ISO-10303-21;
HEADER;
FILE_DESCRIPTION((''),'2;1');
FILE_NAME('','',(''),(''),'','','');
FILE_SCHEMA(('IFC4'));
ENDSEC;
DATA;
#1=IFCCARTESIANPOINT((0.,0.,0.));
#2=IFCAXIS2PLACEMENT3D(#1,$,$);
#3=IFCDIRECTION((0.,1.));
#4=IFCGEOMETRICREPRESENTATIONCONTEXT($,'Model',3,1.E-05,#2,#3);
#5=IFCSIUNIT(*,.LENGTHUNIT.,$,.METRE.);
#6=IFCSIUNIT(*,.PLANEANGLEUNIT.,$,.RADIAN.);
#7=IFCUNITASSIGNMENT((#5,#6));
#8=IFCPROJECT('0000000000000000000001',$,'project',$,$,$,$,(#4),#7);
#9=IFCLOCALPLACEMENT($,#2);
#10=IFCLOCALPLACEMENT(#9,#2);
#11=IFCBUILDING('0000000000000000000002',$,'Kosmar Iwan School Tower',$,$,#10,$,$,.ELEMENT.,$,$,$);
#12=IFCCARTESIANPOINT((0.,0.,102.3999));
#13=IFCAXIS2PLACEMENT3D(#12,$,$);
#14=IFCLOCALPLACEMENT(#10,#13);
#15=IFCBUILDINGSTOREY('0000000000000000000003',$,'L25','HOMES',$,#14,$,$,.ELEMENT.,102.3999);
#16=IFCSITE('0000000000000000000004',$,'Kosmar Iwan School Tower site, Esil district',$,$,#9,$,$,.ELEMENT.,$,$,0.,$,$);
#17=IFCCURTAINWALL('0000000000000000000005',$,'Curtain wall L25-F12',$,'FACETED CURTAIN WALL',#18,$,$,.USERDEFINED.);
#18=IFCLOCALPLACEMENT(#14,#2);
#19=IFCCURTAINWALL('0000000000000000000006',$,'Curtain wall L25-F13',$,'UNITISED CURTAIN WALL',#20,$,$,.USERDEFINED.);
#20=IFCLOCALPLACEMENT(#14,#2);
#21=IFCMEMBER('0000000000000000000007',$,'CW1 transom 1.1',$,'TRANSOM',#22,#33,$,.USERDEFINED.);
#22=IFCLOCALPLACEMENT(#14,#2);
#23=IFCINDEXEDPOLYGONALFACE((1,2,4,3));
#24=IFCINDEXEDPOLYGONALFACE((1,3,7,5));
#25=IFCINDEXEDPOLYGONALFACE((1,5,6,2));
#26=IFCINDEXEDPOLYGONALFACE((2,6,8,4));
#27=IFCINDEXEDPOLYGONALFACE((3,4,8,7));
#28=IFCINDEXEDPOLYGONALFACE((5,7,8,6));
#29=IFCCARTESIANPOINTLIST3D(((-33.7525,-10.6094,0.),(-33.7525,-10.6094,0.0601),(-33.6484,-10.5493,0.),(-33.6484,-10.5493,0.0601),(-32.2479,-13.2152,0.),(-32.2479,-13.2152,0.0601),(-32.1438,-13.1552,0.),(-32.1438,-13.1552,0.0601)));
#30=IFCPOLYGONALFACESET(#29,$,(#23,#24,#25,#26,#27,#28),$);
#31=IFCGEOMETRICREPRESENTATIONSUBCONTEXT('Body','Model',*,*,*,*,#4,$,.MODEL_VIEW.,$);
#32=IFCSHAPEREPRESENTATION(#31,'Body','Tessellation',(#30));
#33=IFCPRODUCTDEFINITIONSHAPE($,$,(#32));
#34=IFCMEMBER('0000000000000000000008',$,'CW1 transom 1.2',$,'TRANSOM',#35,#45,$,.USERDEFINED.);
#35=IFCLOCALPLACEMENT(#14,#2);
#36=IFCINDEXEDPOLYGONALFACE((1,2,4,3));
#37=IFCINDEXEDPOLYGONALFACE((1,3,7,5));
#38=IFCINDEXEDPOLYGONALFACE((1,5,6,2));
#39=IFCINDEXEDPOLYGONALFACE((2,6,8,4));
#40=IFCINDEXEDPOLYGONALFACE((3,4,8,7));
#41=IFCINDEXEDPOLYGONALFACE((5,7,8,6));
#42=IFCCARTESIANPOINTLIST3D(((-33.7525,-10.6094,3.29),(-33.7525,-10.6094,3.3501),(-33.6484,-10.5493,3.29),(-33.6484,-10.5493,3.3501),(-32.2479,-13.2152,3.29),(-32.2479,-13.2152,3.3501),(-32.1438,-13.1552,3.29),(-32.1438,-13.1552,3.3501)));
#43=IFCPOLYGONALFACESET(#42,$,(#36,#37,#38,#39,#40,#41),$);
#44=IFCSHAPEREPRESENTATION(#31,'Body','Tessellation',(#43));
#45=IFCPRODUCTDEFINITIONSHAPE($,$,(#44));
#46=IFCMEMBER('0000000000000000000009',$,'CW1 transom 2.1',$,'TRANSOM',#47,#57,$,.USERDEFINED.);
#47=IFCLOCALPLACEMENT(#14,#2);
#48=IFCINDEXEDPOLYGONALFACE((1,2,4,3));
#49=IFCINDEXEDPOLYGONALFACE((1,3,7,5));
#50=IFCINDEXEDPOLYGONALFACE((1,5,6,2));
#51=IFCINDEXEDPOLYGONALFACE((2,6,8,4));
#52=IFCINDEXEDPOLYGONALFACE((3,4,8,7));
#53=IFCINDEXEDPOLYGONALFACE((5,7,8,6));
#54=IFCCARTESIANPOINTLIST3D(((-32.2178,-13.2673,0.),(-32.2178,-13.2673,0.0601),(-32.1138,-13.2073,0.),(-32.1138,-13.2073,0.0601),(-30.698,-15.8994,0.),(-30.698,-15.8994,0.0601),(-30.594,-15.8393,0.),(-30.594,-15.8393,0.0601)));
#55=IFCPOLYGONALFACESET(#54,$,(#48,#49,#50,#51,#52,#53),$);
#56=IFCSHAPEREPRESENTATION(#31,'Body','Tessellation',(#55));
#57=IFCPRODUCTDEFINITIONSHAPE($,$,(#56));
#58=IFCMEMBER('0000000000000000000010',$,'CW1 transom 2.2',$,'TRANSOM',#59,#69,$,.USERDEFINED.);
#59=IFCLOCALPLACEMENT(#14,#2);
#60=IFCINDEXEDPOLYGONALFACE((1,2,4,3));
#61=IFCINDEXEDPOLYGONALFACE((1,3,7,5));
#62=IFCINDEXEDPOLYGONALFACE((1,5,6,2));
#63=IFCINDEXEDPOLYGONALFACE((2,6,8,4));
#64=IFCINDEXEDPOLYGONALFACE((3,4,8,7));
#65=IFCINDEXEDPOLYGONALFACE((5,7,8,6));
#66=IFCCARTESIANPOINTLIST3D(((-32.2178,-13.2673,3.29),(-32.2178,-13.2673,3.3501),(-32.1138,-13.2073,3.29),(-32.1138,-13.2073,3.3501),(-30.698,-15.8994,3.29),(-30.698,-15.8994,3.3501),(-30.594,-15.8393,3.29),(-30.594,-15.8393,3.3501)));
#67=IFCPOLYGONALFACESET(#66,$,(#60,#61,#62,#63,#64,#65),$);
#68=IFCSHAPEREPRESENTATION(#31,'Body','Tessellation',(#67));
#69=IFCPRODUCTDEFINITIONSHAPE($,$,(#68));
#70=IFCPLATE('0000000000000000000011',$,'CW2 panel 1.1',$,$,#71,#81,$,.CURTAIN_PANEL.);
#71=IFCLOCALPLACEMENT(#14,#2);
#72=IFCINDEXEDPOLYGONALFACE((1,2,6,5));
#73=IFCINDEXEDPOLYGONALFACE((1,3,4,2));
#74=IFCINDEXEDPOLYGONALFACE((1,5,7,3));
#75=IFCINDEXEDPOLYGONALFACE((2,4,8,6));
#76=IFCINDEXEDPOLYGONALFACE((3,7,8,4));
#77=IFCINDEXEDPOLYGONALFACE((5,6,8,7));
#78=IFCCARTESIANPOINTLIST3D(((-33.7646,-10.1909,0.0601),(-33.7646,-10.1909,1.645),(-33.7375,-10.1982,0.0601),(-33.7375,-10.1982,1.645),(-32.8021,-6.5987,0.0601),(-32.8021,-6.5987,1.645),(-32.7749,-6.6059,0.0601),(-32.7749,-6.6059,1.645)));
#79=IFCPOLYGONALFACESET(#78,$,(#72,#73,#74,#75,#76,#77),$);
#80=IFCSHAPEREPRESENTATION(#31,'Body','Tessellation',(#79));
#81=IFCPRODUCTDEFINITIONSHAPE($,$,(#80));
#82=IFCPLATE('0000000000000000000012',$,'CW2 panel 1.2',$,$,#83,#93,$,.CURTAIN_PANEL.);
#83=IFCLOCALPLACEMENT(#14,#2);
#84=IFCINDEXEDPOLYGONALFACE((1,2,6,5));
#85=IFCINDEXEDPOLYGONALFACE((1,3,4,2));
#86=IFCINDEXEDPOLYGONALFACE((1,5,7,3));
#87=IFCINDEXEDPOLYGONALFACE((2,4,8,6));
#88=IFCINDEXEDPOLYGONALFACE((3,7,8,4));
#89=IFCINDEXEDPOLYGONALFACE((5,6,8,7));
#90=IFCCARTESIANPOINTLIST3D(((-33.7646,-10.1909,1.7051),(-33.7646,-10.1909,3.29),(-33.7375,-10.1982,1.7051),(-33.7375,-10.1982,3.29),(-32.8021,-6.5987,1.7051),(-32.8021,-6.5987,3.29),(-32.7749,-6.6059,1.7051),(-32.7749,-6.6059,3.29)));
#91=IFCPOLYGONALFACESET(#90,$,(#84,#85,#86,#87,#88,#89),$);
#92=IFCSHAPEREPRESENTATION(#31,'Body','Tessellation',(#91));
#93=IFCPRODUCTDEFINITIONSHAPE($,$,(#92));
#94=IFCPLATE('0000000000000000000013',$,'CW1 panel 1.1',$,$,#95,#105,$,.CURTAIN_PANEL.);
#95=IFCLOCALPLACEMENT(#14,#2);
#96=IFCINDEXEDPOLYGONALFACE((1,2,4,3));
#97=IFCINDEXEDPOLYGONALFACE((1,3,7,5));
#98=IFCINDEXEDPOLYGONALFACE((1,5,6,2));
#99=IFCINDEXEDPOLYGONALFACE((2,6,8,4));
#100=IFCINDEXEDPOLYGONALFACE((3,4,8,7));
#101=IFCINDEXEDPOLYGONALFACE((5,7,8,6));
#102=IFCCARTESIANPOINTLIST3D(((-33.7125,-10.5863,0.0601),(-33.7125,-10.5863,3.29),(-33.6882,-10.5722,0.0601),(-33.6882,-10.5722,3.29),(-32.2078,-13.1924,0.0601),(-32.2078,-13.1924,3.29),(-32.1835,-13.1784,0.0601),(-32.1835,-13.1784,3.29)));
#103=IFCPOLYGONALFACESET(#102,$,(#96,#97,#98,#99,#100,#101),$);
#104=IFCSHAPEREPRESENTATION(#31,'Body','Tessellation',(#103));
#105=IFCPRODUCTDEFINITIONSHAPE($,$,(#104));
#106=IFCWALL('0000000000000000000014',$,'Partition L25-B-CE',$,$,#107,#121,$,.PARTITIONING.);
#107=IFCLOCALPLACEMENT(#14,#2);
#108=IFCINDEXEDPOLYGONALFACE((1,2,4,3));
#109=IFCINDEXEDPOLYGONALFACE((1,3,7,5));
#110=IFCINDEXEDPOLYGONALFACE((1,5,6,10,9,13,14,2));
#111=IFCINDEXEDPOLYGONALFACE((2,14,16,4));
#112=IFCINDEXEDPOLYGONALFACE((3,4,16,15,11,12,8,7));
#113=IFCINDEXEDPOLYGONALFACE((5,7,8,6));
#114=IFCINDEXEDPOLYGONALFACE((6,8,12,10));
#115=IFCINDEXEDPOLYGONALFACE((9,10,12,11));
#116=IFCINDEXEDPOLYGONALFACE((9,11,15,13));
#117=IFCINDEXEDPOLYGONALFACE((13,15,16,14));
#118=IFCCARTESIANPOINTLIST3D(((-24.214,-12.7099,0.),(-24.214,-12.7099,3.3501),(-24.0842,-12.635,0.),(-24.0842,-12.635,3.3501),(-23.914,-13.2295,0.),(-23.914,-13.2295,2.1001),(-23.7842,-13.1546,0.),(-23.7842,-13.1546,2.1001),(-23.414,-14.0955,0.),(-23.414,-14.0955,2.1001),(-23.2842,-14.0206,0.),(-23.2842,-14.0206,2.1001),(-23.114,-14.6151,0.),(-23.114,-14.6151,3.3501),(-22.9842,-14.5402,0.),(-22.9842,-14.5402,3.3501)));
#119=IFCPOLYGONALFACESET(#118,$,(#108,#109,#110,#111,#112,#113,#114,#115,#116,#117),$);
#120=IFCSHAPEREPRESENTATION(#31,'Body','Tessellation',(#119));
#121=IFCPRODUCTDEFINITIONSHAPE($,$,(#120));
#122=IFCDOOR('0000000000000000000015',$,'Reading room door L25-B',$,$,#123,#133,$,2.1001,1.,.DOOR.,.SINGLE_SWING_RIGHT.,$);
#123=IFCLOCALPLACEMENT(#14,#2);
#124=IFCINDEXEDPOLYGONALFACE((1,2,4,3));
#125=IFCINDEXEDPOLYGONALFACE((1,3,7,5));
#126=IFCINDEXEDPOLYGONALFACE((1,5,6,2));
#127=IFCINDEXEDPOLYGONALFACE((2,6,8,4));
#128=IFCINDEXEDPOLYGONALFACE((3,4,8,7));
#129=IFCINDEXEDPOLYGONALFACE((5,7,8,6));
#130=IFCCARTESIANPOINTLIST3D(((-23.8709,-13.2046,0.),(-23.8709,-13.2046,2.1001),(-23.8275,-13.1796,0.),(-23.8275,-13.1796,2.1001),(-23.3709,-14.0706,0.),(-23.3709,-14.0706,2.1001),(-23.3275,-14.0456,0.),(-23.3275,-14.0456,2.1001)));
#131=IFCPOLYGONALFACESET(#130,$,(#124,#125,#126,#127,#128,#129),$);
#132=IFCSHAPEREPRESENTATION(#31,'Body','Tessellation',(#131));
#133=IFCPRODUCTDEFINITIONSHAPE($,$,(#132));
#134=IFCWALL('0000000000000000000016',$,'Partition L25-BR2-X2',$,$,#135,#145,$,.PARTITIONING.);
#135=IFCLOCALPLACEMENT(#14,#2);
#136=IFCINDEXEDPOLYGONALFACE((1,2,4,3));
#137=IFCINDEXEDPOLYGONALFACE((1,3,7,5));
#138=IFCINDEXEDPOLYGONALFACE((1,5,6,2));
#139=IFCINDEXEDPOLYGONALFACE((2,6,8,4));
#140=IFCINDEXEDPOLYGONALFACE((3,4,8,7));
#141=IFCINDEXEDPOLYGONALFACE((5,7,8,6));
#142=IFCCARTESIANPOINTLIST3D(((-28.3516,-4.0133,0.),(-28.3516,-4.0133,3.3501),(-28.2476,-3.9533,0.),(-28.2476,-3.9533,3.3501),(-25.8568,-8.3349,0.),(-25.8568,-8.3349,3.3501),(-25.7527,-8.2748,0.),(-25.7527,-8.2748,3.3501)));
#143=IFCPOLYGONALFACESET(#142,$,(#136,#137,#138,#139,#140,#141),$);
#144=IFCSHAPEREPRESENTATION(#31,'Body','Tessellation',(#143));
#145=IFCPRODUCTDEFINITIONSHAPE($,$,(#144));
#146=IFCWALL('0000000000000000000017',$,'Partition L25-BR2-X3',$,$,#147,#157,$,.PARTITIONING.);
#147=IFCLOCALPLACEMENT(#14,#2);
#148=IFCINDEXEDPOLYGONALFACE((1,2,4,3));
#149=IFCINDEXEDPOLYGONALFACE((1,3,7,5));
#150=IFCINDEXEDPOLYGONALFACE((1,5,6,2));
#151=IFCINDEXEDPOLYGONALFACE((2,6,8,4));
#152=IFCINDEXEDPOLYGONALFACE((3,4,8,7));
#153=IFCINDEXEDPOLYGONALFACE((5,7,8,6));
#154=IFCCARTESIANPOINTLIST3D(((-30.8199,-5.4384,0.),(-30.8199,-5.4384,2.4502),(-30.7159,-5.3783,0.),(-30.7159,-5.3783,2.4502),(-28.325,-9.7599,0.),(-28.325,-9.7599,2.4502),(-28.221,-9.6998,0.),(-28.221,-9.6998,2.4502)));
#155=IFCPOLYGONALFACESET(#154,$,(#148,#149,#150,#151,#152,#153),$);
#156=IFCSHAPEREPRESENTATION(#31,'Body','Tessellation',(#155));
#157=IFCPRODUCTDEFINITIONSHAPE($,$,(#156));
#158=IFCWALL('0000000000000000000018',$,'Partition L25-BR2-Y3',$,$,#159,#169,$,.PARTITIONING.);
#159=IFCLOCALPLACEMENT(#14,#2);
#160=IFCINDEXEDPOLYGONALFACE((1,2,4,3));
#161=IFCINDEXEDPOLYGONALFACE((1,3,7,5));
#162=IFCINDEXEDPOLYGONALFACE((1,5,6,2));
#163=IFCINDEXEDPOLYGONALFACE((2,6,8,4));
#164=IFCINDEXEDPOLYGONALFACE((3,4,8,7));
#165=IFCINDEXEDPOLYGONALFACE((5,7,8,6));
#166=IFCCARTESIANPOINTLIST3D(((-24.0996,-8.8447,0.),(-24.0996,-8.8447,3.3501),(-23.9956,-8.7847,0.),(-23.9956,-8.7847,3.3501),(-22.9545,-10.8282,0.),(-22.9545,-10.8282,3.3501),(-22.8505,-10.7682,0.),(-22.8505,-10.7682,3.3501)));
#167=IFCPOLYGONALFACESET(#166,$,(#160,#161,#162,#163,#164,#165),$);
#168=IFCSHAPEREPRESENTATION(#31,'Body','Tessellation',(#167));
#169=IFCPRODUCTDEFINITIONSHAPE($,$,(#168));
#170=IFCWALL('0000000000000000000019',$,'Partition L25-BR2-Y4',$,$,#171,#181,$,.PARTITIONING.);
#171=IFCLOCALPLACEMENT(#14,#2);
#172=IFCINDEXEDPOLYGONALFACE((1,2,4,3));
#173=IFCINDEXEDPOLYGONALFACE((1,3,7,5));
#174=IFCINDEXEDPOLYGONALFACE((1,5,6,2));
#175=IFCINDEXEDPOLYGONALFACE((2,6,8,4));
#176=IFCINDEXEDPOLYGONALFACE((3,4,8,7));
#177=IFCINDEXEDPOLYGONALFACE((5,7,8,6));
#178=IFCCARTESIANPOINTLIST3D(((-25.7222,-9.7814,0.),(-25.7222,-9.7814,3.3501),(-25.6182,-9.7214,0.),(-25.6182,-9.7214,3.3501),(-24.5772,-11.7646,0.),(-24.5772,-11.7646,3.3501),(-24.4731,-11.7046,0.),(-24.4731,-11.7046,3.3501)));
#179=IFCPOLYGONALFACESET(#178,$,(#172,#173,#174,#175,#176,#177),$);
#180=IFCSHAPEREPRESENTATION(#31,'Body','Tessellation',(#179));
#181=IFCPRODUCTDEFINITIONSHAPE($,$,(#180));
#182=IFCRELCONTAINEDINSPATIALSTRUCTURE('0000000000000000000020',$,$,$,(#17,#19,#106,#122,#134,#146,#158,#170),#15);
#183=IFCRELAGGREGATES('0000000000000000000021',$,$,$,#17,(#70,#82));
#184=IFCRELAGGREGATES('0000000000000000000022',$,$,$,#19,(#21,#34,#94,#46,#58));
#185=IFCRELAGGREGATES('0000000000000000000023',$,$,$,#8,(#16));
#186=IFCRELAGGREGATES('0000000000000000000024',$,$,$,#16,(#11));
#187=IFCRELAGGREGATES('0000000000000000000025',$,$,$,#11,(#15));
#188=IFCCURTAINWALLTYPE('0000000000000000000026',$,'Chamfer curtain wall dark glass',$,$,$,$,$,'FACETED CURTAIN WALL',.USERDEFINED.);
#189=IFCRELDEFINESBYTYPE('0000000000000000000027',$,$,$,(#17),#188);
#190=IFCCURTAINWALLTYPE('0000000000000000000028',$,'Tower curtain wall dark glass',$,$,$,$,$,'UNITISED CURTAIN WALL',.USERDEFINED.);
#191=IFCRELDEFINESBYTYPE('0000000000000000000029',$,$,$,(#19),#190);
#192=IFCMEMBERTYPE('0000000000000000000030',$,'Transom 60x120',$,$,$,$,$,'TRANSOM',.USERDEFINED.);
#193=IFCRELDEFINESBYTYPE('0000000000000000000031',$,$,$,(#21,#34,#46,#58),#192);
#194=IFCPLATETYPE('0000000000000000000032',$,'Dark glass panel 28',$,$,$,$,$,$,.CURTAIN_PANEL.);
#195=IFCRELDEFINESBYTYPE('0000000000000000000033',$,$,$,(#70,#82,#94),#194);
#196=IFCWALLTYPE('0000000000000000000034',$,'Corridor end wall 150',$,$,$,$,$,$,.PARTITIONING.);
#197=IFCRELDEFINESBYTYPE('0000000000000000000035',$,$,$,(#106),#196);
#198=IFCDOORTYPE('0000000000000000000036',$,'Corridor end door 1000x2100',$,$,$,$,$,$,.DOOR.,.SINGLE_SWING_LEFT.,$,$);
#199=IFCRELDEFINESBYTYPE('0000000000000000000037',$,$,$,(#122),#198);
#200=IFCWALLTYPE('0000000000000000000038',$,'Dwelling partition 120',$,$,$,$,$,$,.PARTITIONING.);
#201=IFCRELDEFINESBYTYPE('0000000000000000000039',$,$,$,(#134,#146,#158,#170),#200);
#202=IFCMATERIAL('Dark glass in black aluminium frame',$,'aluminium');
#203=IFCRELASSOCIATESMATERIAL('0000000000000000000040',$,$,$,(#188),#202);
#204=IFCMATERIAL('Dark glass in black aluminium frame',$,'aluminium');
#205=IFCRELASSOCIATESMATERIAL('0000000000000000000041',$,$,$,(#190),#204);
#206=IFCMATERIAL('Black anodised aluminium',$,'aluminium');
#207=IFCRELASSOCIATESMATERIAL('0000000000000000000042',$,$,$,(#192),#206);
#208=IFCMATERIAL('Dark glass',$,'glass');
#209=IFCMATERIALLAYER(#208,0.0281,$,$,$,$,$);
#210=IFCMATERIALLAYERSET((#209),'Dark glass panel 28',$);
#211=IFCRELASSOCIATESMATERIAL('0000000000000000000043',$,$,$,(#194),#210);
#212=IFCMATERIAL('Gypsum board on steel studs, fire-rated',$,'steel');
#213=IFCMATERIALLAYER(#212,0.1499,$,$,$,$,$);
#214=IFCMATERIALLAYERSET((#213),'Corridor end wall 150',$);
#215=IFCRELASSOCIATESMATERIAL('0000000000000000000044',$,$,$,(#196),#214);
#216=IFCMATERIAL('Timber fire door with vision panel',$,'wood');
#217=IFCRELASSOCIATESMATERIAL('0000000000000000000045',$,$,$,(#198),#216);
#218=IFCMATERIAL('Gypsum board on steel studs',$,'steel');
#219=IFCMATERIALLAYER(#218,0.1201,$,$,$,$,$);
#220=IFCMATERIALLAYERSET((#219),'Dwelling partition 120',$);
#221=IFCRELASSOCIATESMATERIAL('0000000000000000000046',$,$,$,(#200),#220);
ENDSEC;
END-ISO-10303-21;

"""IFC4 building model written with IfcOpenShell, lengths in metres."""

from ifc_helpers import new_model, si_unit, direction, frame, frame_2d, origin, origin_2d, place, context, subcontext, project, spatial, rectangle, extrude, material, layer, layer_set, material_profile, profile_set, type_object, element, fill, aggregate, save


model = new_model("IFC4")

# Units and contexts
model_context = context("Model", 3, precision=1e-05, world=origin(), true_north=direction((0.0, 1.0)))
body_context = subcontext(model_context, "Body", "Model", "MODEL_VIEW")
ifc_project = project(units=[si_unit("LENGTHUNIT", "METRE"), si_unit("PLANEANGLEUNIT", "RADIAN")], contexts=[model_context])

# Site, building, storey
site_placement = place(None, origin())
site = spatial("IfcSite", under=ifc_project, at=site_placement, Name="Kosmar Iwan School Tower site, Esil district", CompositionType="ELEMENT", RefElevation=0.0)
building_placement = place(site_placement, origin())
building = spatial("IfcBuilding", under=site, at=building_placement, Name="Kosmar Iwan School Tower", CompositionType="ELEMENT")
storey_placement = place(building_placement, frame((0.0, 0.0, 102.3999)))
storey = spatial("IfcBuildingStorey", under=building, at=storey_placement, Name="L25", Description="HOMES", CompositionType="ELEMENT", Elevation=102.3999)

# Curtain walls
ifc_material_1 = material(Name="Dark glass in black aluminium frame", Category="aluminium")
curtain_wall_type_1 = type_object("IfcCurtainWallType", Name="Chamfer curtain wall dark glass", ElementType="FACETED CURTAIN WALL", PredefinedType="USERDEFINED", material=ifc_material_1)
curtain_wall_1_placement = place(storey_placement, origin())
curtain_wall_1 = element("IfcCurtainWall", 1, at=curtain_wall_1_placement, inside=storey, type_object=curtain_wall_type_1, Name="Curtain wall L25-F12", ObjectType="FACETED CURTAIN WALL", PredefinedType="USERDEFINED")
ifc_material_2 = material(Name="Dark glass in black aluminium frame", Category="aluminium")
curtain_wall_type_2 = type_object("IfcCurtainWallType", Name="Tower curtain wall dark glass", ElementType="UNITISED CURTAIN WALL", PredefinedType="USERDEFINED", material=ifc_material_2)
curtain_wall_2_placement = place(storey_placement, origin())
curtain_wall_2 = element("IfcCurtainWall", 2, at=curtain_wall_2_placement, inside=storey, type_object=curtain_wall_type_2, Name="Curtain wall L25-F13", ObjectType="UNITISED CURTAIN WALL", PredefinedType="USERDEFINED")

# Members
ifc_material_3 = material(Name="Black anodised aluminium", Category="aluminium")
ifc_material_profile_1 = material_profile(ifc_material_3, rectangle(XDim=0.1201, YDim=0.0601, at=origin_2d()), Name="TRANSOM 60x120")
ifc_profile_set_1 = profile_set([ifc_material_profile_1], Name="Black anodised aluminium")
member_type_1 = type_object("IfcMemberType", Name="Transom 60x120", ElementType="TRANSOM", PredefinedType="USERDEFINED", material=ifc_profile_set_1)
member_1_placement = place(storey_placement, frame((-33.7004, -10.5793, 0.03), z_axis=(0.500022, -0.866013, 0.0), x_axis=(0.866013, 0.500022, 0.0)))
member_1 = element("IfcMember", 3, at=member_1_placement, type_object=member_type_1, Name="CW1 transom 1.1", ObjectType="TRANSOM", PredefinedType="USERDEFINED", context=body_context, shape_type="SweptSolid", body=[
    extrude(rectangle(XDim=0.1201, YDim=0.0601, at=origin_2d()), origin(), (0.0, 0.0, 1.0), 3.009),
])
member_2_placement = place(storey_placement, frame((-33.7004, -10.5793, 3.3201), z_axis=(0.500022, -0.866013, 0.0), x_axis=(0.866013, 0.500022, 0.0)))
member_2 = element("IfcMember", 4, at=member_2_placement, type_object=member_type_1, Name="CW1 transom 1.2", ObjectType="TRANSOM", PredefinedType="USERDEFINED", context=body_context, shape_type="SweptSolid", body=[
    extrude(rectangle(XDim=0.1201, YDim=0.0601, at=origin_2d()), origin(), (0.0, 0.0, 1.0), 3.009),
])
member_3_placement = place(storey_placement, frame((-32.1658, -13.2373, 0.03), z_axis=(0.500035, -0.866005, 0.0), x_axis=(0.866005, 0.500035, 0.0)))
member_3 = element("IfcMember", 5, at=member_3_placement, type_object=member_type_1, Name="CW1 transom 2.1", ObjectType="TRANSOM", PredefinedType="USERDEFINED", context=body_context, shape_type="SweptSolid", body=[
    extrude(rectangle(XDim=0.1201, YDim=0.0601, at=origin_2d()), origin(), (0.0, 0.0, 1.0), 3.0393),
])
member_4_placement = place(storey_placement, frame((-32.1658, -13.2373, 3.3201), z_axis=(0.500035, -0.866005, 0.0), x_axis=(0.866005, 0.500035, 0.0)))
member_4 = element("IfcMember", 6, at=member_4_placement, type_object=member_type_1, Name="CW1 transom 2.2", ObjectType="TRANSOM", PredefinedType="USERDEFINED", context=body_context, shape_type="SweptSolid", body=[
    extrude(rectangle(XDim=0.1201, YDim=0.0601, at=origin_2d()), origin(), (0.0, 0.0, 1.0), 3.0393),
])

# Plates
ifc_material_4 = material(Name="Dark glass", Category="glass")
ifc_layer_1 = layer(ifc_material_4, 0.0281)
ifc_layer_set_1 = layer_set([ifc_layer_1], Name="Dark glass panel 28")
plate_type = type_object("IfcPlateType", Name="Dark glass panel 28", PredefinedType="CURTAIN_PANEL", material=ifc_layer_set_1)
plate_1_placement = place(storey_placement, frame((-33.2698, -8.3984, 0.0601), z_axis=(0.0, 0.0, 1.0), x_axis=(-0.258819, -0.965926, 0.0)))
plate_1 = element("IfcPlate", 7, at=plate_1_placement, type_object=plate_type, Name="CW2 panel 1.1", PredefinedType="CURTAIN_PANEL", context=body_context, shape_type="SweptSolid", body=[
    extrude(rectangle(XDim=3.719, YDim=0.0281, at=origin_2d()), origin(), (0.0, 0.0, 1.0), 1.585),
])
plate_2_placement = place(storey_placement, frame((-33.2698, -8.3984, 1.7051), z_axis=(0.0, 0.0, 1.0), x_axis=(-0.258819, -0.965926, 0.0)))
plate_2 = element("IfcPlate", 8, at=plate_2_placement, type_object=plate_type, Name="CW2 panel 1.2", PredefinedType="CURTAIN_PANEL", context=body_context, shape_type="SweptSolid", body=[
    extrude(rectangle(XDim=3.719, YDim=0.0281, at=origin_2d()), origin(), (0.0, 0.0, 1.0), 1.585),
])
aggregate(curtain_wall_1, [plate_1, plate_2])
plate_3_placement = place(storey_placement, frame((-32.948, -11.8823, 0.0601), z_axis=(0.0, 0.0, 1.0), x_axis=(0.5, -0.866025, 0.0)))
plate_3 = element("IfcPlate", 9, at=plate_3_placement, type_object=plate_type, Name="CW1 panel 1.1", PredefinedType="CURTAIN_PANEL", context=body_context, shape_type="SweptSolid", body=[
    extrude(rectangle(XDim=3.0093, YDim=0.0281, at=origin_2d()), origin(), (0.0, 0.0, 1.0), 3.23),
])
aggregate(curtain_wall_2, [member_1, member_2, plate_3, member_3, member_4])

# Wall, opening, door
ifc_material_5 = material(Name="Gypsum board on steel studs, fire-rated", Category="steel")
ifc_layer_2 = layer(ifc_material_5, 0.1499)
ifc_layer_set_2 = layer_set([ifc_layer_2], Name="Corridor end wall 150")
wall_type_1 = type_object("IfcWallType", Name="Corridor end wall 150", PredefinedType="PARTITIONING", material=ifc_layer_set_2)
wall_1_placement = place(storey_placement, frame((-24.1492, -12.6724, 0.0), z_axis=(0.0, 0.0, 1.0), x_axis=(0.50003, -0.866008, 0.0)))
wall_1 = element("IfcWall", 10, at=wall_1_placement, inside=storey, type_object=wall_type_1, Name="Partition L25-B-CE", PredefinedType="PARTITIONING", context=body_context, shape_type="SweptSolid", body=[
    extrude(rectangle(XDim=2.2, YDim=0.1499, at=frame_2d((1.1001, 0.0))), origin(), (0.0, 0.0, 1.0), 3.3501),
])
opening_placement = place(wall_1_placement, frame((0.6001, 0.0, 0.0)))
opening = element("IfcOpeningElement", 11, at=opening_placement, cuts=wall_1, PredefinedType="OPENING", context=body_context, shape_type="SweptSolid", body=[
    extrude(rectangle(XDim=1.0, YDim=2.1001, at=frame_2d((0.5, 1.05))), frame((0.0, 0.0869, 0.0), z_axis=(0.0, -1.0, 0.0), x_axis=(1.0, 0.0, 0.0)), (0.0, 0.0, 1.0), 0.1738),
])
ifc_material_6 = material(Name="Timber fire door with vision panel", Category="wood")
door_type = type_object("IfcDoorType", Name="Corridor end door 1000x2100", OperationType="SINGLE_SWING_LEFT", PredefinedType="DOOR", material=ifc_material_6)
door_placement = place(opening_placement, origin())
door = element("IfcDoor", 12, at=door_placement, inside=storey, type_object=door_type, Name="Reading room door L25-B", OperationType="SINGLE_SWING_RIGHT", OverallHeight=2.1001, OverallWidth=1.0, PredefinedType="DOOR", context=body_context, shape_type="SweptSolid", body=[
    extrude(rectangle(XDim=1.0, YDim=2.1001, at=frame_2d((0.5, 1.05))), frame((0.0, 0.0249, 0.0), z_axis=(0.0, -1.0, 0.0), x_axis=(1.0, 0.0, 0.0)), (0.0, 0.0, 1.0), 0.05),
])
fill(opening, door)

# Walls
ifc_material_7 = material(Name="Gypsum board on steel studs", Category="steel")
ifc_layer_3 = layer(ifc_material_7, 0.1201)
ifc_layer_set_3 = layer_set([ifc_layer_3], Name="Dwelling partition 120")
wall_type_2 = type_object("IfcWallType", Name="Dwelling partition 120", PredefinedType="PARTITIONING", material=ifc_layer_set_3)
wall_2_placement = place(storey_placement, frame((-25.8047, -8.3049, 0.0), z_axis=(0.0, 0.0, 1.0), x_axis=(-0.499975, 0.86604, 0.0)))
element("IfcWall", 13, at=wall_2_placement, inside=storey, type_object=wall_type_2, Name="Partition L25-BR2-X2", PredefinedType="PARTITIONING", context=body_context, shape_type="SweptSolid", body=[
    extrude(rectangle(XDim=4.99, YDim=0.1201, at=frame_2d((2.4951, 0.0))), origin(), (0.0, 0.0, 1.0), 3.3501),
])
wall_3_placement = place(storey_placement, frame((-28.2729, -9.73, 0.0), z_axis=(0.0, 0.0, 1.0), x_axis=(-0.499975, 0.86604, 0.0)))
element("IfcWall", 14, at=wall_3_placement, inside=storey, type_object=wall_type_2, Name="Partition L25-BR2-X3", PredefinedType="PARTITIONING", context=body_context, shape_type="SweptSolid", body=[
    extrude(rectangle(XDim=4.99, YDim=0.1201, at=frame_2d((2.4951, 0.0))), origin(), (0.0, 0.0, 1.0), 2.4502),
])
wall_4_placement = place(storey_placement, frame((-22.9026, -10.7981, 0.0), z_axis=(0.0, 0.0, 1.0), x_axis=(-0.499969, 0.866044, 0.0)))
element("IfcWall", 15, at=wall_4_placement, inside=storey, type_object=wall_type_2, Name="Partition L25-BR2-Y3", PredefinedType="PARTITIONING", context=body_context, shape_type="SweptSolid", body=[
    extrude(rectangle(XDim=2.2903, YDim=0.1201, at=frame_2d((1.145, 0.0))), origin(), (0.0, 0.0, 1.0), 3.3501),
])
wall_5_placement = place(storey_placement, frame((-24.5251, -11.7346, 0.0), z_axis=(0.0, 0.0, 1.0), x_axis=(-0.500015, 0.866017, 0.0)))
element("IfcWall", 16, at=wall_5_placement, inside=storey, type_object=wall_type_2, Name="Partition L25-BR2-Y4", PredefinedType="PARTITIONING", context=body_context, shape_type="SweptSolid", body=[
    extrude(rectangle(XDim=2.29, YDim=0.1201, at=frame_2d((1.145, 0.0))), origin(), (0.0, 0.0, 1.0), 3.3501),
])

save(model, "model.ifc")
